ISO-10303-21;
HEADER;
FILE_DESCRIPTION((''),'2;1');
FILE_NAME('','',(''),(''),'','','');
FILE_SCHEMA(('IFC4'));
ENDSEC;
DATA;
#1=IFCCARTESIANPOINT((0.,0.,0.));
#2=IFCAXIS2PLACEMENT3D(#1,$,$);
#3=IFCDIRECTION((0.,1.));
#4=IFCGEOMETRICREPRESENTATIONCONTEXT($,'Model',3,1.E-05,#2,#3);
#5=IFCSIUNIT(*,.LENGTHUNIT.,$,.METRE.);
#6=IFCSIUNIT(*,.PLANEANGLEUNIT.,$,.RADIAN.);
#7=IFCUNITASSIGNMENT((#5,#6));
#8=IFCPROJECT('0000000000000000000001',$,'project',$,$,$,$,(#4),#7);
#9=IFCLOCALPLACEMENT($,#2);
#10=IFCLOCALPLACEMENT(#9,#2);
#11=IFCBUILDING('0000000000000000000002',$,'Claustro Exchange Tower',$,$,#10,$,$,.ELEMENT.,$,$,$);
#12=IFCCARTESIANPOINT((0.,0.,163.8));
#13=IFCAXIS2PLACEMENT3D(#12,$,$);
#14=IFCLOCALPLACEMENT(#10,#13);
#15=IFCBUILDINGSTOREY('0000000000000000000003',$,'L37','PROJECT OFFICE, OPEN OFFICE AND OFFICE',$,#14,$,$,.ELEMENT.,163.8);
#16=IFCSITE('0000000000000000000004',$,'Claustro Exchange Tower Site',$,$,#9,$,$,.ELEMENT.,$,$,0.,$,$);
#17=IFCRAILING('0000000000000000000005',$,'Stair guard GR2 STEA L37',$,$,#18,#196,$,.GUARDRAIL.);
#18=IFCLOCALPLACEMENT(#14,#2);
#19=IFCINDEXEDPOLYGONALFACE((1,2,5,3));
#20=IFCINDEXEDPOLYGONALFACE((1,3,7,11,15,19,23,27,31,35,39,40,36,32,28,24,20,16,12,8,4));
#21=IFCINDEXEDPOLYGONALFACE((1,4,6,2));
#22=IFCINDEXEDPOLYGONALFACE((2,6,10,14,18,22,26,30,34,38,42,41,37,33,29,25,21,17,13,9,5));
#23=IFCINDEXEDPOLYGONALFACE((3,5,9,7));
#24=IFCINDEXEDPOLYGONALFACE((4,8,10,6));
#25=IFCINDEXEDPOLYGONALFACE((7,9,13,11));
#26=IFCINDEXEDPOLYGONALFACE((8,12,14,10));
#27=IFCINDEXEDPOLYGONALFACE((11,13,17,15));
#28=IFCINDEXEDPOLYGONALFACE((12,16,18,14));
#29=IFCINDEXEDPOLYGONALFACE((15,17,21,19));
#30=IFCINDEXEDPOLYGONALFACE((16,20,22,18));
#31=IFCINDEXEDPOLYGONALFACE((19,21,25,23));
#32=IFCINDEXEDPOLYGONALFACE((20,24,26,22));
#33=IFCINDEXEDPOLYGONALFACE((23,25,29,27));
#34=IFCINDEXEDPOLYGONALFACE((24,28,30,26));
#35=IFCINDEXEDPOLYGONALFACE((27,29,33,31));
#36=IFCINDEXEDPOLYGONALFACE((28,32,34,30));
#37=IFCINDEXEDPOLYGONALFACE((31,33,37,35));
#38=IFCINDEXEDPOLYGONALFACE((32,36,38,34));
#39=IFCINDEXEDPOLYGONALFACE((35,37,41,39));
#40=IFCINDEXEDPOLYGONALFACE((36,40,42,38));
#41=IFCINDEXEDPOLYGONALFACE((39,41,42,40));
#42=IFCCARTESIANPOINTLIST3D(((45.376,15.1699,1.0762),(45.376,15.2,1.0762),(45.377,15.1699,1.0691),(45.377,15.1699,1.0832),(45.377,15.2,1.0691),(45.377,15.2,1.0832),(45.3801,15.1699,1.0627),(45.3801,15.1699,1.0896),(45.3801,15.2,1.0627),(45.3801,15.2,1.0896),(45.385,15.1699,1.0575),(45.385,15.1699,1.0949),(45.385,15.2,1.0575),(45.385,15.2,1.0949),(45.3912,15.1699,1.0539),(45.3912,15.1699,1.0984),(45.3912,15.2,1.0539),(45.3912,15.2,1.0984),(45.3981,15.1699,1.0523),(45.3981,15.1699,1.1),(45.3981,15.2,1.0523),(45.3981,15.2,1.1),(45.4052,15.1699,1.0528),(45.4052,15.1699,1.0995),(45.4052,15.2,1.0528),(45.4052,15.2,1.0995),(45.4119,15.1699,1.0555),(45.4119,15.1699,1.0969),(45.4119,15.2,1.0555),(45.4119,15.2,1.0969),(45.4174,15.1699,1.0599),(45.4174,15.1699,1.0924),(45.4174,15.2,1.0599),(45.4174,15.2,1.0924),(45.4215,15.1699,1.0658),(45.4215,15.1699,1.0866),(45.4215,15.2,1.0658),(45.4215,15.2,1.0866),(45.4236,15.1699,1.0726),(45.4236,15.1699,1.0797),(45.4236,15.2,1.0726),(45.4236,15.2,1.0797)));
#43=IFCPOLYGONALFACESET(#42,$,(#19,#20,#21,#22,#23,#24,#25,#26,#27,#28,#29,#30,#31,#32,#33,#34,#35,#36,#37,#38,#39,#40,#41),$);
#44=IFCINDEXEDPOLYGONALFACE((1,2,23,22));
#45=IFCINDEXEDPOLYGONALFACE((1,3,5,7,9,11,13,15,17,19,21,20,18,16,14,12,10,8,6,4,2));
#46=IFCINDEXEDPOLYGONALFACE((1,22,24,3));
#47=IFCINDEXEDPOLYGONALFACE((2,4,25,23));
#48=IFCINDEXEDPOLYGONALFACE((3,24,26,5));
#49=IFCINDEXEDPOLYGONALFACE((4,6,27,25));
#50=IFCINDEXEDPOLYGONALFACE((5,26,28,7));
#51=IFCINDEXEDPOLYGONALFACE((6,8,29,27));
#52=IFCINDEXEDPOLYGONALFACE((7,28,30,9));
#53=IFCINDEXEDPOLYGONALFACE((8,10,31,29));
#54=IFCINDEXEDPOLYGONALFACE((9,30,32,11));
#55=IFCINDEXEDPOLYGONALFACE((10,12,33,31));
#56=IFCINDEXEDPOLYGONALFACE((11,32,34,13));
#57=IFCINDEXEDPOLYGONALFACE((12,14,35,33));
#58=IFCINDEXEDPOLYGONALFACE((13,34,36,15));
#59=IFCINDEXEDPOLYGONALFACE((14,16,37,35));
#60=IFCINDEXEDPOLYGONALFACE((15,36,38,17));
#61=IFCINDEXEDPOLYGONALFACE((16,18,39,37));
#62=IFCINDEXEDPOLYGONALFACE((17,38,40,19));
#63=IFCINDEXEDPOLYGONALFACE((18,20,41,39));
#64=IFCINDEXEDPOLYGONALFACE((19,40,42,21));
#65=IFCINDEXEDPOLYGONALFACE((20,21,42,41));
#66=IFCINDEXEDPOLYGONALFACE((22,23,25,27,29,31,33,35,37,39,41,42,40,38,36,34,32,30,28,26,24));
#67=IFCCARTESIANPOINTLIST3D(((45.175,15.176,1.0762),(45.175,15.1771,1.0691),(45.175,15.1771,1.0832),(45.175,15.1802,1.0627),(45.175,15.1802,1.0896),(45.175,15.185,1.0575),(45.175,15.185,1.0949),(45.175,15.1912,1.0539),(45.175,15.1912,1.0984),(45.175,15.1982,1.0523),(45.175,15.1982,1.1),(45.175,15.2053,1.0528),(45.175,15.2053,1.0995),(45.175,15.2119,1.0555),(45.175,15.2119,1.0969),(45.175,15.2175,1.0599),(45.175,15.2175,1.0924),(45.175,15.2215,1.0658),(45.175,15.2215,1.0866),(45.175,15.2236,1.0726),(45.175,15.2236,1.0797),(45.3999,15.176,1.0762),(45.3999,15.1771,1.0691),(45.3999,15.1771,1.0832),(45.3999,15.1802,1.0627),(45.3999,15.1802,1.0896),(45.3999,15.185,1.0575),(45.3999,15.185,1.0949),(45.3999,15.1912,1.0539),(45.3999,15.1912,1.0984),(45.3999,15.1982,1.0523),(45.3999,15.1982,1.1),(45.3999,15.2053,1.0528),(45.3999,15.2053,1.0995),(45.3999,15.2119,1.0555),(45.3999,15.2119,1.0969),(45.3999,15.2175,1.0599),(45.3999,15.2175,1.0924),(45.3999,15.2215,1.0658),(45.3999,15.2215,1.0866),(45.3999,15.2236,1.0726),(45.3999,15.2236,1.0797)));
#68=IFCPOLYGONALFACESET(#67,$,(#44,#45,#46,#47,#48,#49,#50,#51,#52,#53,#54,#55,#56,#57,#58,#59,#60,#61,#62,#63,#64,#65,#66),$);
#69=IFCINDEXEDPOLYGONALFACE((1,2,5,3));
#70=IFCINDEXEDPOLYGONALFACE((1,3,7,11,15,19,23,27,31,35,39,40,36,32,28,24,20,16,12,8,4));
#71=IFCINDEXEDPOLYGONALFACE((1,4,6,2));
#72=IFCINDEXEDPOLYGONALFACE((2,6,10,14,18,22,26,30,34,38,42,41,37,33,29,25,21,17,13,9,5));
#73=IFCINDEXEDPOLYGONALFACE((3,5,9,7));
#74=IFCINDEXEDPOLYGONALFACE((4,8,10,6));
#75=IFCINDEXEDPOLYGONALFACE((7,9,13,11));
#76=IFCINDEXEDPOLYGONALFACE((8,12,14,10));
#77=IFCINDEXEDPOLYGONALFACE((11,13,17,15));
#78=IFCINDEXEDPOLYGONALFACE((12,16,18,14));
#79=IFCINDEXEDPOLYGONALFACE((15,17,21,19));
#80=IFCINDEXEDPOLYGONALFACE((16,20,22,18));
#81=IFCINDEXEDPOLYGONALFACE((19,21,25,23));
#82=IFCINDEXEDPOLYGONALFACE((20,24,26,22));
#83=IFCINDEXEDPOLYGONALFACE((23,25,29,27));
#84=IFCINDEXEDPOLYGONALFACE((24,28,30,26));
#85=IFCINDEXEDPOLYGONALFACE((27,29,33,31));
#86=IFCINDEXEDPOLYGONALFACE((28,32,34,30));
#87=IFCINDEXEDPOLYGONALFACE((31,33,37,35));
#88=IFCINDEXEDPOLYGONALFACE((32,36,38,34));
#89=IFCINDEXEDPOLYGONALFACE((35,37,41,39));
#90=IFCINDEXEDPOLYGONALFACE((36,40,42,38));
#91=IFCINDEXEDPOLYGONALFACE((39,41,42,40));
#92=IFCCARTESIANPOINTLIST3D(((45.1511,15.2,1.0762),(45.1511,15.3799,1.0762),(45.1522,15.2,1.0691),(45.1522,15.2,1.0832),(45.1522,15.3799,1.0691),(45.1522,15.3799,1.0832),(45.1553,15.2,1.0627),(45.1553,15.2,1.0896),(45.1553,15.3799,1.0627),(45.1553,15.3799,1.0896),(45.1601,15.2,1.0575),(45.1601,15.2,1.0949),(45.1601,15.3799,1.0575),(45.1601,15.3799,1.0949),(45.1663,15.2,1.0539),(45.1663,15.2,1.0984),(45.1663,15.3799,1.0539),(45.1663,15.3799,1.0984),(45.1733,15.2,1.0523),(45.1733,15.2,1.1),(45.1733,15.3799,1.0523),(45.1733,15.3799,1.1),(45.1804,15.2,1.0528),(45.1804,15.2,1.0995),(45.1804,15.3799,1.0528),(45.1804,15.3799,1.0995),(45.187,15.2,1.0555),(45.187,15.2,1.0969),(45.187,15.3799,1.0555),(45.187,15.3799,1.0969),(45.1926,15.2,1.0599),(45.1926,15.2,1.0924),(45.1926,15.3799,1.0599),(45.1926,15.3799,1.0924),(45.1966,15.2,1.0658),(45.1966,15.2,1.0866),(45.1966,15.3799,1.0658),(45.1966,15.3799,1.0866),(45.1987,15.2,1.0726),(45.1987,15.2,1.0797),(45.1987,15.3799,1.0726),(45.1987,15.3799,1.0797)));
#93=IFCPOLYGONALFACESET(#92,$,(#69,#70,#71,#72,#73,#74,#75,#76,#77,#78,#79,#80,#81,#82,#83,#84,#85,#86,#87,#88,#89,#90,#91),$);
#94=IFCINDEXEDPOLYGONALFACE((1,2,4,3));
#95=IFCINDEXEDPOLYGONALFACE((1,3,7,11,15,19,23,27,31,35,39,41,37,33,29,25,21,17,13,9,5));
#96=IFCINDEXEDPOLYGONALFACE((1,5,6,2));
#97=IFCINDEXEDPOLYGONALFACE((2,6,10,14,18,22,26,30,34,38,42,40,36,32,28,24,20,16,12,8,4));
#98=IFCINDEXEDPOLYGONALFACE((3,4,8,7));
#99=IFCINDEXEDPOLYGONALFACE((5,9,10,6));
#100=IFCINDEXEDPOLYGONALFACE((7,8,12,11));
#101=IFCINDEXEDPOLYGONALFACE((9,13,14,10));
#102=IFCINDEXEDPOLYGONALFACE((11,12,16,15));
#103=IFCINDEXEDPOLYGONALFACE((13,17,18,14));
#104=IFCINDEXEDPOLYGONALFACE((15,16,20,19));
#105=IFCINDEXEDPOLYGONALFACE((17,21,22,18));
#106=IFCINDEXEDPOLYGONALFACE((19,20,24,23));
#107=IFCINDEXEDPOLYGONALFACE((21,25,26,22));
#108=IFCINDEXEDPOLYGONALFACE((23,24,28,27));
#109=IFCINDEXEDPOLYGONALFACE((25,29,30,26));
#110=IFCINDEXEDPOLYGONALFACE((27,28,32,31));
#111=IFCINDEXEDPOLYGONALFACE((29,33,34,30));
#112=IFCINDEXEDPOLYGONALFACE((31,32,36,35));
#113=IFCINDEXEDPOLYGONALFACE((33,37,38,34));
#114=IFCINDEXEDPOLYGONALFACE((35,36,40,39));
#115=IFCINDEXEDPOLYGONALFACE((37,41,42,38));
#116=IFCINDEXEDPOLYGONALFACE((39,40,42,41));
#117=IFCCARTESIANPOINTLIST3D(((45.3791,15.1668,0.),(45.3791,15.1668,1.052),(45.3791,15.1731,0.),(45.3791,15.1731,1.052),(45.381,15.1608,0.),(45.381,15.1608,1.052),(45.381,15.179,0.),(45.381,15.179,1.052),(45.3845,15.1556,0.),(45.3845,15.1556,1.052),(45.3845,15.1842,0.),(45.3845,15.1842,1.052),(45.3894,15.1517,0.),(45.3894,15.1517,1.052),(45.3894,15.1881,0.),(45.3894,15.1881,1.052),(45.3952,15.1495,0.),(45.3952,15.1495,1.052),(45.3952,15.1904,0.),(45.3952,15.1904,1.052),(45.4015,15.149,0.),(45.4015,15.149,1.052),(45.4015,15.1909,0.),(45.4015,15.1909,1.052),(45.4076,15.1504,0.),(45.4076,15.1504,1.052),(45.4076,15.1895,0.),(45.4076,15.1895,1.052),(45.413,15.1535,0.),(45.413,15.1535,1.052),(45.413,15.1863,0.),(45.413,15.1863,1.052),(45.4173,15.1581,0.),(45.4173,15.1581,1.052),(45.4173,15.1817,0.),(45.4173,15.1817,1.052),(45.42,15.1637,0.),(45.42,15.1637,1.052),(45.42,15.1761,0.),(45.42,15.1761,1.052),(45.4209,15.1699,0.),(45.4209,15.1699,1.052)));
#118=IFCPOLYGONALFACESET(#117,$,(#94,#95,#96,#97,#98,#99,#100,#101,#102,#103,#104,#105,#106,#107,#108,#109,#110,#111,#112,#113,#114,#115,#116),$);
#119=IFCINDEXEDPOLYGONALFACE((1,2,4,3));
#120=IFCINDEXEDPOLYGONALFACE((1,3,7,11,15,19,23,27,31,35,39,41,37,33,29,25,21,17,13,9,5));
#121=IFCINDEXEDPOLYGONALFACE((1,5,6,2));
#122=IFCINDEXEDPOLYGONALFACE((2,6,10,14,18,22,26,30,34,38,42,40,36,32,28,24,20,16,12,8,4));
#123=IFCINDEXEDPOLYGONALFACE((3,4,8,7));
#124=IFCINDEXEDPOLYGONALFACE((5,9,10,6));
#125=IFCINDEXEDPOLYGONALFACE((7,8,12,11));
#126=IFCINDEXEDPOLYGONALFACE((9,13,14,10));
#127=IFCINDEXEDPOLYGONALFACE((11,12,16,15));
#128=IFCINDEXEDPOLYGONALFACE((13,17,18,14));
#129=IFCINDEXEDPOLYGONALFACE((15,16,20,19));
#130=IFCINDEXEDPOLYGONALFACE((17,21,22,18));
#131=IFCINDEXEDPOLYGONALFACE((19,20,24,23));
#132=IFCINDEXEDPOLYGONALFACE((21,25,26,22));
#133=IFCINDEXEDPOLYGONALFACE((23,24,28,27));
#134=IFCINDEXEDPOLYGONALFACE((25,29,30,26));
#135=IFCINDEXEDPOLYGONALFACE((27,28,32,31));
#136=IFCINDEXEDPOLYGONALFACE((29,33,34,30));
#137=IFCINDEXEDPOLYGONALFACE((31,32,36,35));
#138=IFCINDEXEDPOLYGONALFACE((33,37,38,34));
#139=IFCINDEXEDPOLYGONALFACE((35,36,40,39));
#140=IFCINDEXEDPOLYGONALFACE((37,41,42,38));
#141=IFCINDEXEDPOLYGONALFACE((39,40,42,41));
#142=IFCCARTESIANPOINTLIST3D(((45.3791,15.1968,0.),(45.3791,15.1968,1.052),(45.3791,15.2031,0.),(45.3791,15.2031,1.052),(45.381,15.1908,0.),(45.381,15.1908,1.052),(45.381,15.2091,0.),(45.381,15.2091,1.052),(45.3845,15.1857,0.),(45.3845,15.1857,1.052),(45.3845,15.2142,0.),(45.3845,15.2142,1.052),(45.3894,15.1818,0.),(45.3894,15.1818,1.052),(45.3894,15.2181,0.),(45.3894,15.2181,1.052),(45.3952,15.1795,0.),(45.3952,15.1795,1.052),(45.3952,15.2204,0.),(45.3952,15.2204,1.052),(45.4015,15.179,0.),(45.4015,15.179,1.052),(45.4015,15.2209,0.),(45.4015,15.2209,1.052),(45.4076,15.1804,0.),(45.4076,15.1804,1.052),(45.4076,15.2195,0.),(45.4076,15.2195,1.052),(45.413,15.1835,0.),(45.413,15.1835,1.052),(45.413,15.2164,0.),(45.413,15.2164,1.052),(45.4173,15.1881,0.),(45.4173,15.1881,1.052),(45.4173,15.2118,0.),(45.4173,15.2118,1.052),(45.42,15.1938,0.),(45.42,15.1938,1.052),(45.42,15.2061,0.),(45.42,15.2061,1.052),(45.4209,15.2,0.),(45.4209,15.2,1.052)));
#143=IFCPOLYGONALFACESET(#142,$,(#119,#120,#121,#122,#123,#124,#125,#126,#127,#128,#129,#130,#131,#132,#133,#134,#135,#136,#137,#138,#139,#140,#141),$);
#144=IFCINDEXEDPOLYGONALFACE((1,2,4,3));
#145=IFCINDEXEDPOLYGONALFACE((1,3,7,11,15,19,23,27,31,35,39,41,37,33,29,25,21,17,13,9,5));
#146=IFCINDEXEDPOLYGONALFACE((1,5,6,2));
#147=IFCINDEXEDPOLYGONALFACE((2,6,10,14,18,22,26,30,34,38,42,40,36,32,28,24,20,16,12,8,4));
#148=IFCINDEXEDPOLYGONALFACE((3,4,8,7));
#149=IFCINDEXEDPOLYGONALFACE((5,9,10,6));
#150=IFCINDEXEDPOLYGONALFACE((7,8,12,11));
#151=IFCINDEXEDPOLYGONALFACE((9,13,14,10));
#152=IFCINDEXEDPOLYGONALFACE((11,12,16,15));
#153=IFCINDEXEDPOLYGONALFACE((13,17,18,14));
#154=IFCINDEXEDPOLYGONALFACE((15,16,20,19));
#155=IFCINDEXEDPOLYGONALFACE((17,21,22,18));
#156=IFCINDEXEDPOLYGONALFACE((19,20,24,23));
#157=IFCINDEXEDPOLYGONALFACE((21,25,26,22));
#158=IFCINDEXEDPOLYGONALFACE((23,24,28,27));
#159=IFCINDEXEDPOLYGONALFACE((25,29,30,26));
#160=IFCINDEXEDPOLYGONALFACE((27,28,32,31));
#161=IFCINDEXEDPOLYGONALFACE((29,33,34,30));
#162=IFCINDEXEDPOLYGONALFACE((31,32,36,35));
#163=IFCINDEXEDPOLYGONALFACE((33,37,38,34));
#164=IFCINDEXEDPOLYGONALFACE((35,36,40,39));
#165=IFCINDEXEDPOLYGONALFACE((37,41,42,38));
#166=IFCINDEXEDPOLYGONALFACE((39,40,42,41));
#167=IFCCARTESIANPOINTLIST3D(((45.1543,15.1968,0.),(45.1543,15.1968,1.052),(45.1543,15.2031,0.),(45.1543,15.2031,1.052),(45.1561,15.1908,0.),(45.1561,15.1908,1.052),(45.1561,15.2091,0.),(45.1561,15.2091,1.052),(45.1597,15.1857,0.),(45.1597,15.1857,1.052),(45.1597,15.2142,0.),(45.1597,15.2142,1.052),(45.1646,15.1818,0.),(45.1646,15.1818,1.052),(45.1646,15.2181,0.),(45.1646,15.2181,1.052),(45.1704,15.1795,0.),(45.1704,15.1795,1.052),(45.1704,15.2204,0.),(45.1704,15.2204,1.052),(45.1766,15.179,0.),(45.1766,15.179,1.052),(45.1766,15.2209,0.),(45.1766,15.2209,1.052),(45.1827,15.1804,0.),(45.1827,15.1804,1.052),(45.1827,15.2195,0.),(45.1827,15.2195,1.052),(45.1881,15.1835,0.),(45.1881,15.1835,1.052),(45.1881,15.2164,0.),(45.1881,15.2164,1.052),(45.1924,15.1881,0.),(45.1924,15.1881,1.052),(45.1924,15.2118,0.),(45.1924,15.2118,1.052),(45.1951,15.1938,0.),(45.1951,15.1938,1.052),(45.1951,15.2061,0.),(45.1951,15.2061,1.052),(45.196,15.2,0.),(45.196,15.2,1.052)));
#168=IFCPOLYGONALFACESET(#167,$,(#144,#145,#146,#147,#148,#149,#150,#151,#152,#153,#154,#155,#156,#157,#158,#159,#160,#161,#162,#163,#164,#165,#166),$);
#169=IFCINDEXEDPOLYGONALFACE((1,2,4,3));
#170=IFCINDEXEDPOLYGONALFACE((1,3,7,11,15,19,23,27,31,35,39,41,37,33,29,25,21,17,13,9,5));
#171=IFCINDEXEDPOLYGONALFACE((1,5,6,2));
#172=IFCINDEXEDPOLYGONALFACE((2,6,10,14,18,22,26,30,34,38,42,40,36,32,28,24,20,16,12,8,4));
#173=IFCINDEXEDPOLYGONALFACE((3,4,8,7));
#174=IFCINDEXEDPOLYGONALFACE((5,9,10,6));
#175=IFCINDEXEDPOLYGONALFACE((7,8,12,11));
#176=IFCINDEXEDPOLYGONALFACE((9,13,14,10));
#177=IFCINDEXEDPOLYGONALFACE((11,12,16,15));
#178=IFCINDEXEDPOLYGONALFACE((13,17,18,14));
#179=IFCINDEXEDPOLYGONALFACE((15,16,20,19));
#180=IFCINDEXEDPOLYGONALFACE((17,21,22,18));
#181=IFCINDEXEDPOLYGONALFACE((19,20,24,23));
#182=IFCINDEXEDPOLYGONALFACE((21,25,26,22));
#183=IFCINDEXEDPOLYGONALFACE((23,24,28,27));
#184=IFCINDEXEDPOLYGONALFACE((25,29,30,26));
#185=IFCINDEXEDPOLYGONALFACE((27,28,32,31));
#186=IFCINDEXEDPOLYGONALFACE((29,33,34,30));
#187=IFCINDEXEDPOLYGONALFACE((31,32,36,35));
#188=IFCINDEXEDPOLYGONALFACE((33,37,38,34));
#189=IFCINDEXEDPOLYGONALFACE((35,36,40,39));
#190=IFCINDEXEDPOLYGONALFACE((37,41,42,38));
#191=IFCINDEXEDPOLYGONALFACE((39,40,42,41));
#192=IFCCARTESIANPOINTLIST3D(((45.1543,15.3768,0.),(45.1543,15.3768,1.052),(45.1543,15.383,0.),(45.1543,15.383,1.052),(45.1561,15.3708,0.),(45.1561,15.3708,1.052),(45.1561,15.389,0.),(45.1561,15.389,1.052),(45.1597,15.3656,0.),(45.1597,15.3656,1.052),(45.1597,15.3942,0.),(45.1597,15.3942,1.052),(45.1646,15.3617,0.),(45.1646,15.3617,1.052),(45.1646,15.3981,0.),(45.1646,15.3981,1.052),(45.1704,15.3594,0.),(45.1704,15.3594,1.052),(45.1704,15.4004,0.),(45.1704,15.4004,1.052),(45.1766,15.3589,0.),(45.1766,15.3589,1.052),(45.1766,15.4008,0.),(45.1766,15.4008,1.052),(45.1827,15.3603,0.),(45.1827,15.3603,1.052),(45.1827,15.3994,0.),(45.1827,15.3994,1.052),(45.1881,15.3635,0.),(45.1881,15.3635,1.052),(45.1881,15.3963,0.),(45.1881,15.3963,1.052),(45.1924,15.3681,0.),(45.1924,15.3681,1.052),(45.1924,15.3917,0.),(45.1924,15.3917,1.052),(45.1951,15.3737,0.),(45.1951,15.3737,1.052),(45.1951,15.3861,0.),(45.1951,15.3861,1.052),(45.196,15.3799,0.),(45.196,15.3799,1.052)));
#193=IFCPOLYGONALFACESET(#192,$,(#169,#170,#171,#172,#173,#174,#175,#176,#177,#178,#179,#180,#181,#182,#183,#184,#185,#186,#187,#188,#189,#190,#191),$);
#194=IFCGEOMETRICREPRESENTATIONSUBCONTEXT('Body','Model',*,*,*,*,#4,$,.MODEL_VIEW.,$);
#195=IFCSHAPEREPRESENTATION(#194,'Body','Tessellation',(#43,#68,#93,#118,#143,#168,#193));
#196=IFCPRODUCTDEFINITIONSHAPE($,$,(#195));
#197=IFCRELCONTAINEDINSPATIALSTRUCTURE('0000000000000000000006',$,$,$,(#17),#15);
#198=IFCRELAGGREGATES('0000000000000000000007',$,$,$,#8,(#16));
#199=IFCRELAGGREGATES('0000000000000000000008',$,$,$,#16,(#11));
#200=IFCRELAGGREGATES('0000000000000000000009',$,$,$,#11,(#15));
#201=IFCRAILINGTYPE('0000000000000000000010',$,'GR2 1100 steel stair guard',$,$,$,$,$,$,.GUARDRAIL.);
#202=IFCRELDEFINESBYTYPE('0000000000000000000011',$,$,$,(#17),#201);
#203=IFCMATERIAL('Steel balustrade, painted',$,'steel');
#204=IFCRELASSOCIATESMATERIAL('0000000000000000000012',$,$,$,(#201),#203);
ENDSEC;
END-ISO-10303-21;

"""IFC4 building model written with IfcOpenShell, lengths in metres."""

from ifc_helpers import new_model, si_unit, direction, frame, origin, origin_2d, place, context, subcontext, project, spatial, circle, extrude, material, type_object, element, save


model = new_model("IFC4")

# Units and contexts
model_context = context("Model", 3, precision=1e-05, world=origin(), true_north=direction((0.0, 1.0)))
body_context = subcontext(model_context, "Body", "Model", "MODEL_VIEW")
ifc_project = project(units=[si_unit("LENGTHUNIT", "METRE"), si_unit("PLANEANGLEUNIT", "RADIAN")], contexts=[model_context])

# Site, building, storey
site_placement = place(None, origin())
site = spatial("IfcSite", under=ifc_project, at=site_placement, Name="Claustro Exchange Tower Site", CompositionType="ELEMENT", RefElevation=0.0)
building_placement = place(site_placement, origin())
building = spatial("IfcBuilding", under=site, at=building_placement, Name="Claustro Exchange Tower", CompositionType="ELEMENT")
storey_placement = place(building_placement, frame((0.0, 0.0, 163.8)))
storey = spatial("IfcBuildingStorey", under=building, at=storey_placement, Name="L37", Description="PROJECT OFFICE, OPEN OFFICE AND OFFICE", CompositionType="ELEMENT", Elevation=163.8)

# Railing
ifc_material_1 = material(Name="Steel balustrade, painted", Category="steel")
railing_type_1 = type_object("IfcRailingType", Name="GR2 1100 steel stair guard", PredefinedType="GUARDRAIL", material=ifc_material_1)
railing_1_placement = place(storey_placement, frame((45.3999, 15.1699, 0.0)))
element("IfcRailing", 1, at=railing_1_placement, inside=storey, type_object=railing_type_1, Name="Stair guard GR2 STEA L37", PredefinedType="GUARDRAIL", context=body_context, shape_type="SweptSolid", body=[
    extrude(circle(Radius=0.0239, at=origin_2d()), frame((0.0, 0.0, 1.0762), z_axis=(0.0, 1.0, 0.0), x_axis=(-1.0, 0.0, 0.0)), (0.0, 0.0, 1.0), 0.03),
    extrude(circle(Radius=0.0239, at=origin_2d()), frame((0.0, 0.03, 1.0762), z_axis=(-1.0, 0.0, 0.0), x_axis=(0.0, -1.0, 0.0)), (0.0, 0.0, 1.0), 0.2249),
    extrude(circle(Radius=0.0239, at=origin_2d()), frame((-0.2249, 0.03, 1.0762), z_axis=(0.0, 1.0, 0.0), x_axis=(-1.0, 0.0, 0.0)), (0.0, 0.0, 1.0), 0.1799),
    extrude(circle(Radius=0.021, at=origin_2d()), origin(), (0.0, 0.0, 1.0), 1.052),
    extrude(circle(Radius=0.021, at=origin_2d()), frame((0.0, 0.03, 0.0)), (0.0, 0.0, 1.0), 1.052),
    extrude(circle(Radius=0.021, at=origin_2d()), frame((-0.2249, 0.03, 0.0)), (0.0, 0.0, 1.0), 1.052),
    extrude(circle(Radius=0.021, at=origin_2d()), frame((-0.2249, 0.21, 0.0)), (0.0, 0.0, 1.0), 1.052),
])

save(model, "model.ifc")
